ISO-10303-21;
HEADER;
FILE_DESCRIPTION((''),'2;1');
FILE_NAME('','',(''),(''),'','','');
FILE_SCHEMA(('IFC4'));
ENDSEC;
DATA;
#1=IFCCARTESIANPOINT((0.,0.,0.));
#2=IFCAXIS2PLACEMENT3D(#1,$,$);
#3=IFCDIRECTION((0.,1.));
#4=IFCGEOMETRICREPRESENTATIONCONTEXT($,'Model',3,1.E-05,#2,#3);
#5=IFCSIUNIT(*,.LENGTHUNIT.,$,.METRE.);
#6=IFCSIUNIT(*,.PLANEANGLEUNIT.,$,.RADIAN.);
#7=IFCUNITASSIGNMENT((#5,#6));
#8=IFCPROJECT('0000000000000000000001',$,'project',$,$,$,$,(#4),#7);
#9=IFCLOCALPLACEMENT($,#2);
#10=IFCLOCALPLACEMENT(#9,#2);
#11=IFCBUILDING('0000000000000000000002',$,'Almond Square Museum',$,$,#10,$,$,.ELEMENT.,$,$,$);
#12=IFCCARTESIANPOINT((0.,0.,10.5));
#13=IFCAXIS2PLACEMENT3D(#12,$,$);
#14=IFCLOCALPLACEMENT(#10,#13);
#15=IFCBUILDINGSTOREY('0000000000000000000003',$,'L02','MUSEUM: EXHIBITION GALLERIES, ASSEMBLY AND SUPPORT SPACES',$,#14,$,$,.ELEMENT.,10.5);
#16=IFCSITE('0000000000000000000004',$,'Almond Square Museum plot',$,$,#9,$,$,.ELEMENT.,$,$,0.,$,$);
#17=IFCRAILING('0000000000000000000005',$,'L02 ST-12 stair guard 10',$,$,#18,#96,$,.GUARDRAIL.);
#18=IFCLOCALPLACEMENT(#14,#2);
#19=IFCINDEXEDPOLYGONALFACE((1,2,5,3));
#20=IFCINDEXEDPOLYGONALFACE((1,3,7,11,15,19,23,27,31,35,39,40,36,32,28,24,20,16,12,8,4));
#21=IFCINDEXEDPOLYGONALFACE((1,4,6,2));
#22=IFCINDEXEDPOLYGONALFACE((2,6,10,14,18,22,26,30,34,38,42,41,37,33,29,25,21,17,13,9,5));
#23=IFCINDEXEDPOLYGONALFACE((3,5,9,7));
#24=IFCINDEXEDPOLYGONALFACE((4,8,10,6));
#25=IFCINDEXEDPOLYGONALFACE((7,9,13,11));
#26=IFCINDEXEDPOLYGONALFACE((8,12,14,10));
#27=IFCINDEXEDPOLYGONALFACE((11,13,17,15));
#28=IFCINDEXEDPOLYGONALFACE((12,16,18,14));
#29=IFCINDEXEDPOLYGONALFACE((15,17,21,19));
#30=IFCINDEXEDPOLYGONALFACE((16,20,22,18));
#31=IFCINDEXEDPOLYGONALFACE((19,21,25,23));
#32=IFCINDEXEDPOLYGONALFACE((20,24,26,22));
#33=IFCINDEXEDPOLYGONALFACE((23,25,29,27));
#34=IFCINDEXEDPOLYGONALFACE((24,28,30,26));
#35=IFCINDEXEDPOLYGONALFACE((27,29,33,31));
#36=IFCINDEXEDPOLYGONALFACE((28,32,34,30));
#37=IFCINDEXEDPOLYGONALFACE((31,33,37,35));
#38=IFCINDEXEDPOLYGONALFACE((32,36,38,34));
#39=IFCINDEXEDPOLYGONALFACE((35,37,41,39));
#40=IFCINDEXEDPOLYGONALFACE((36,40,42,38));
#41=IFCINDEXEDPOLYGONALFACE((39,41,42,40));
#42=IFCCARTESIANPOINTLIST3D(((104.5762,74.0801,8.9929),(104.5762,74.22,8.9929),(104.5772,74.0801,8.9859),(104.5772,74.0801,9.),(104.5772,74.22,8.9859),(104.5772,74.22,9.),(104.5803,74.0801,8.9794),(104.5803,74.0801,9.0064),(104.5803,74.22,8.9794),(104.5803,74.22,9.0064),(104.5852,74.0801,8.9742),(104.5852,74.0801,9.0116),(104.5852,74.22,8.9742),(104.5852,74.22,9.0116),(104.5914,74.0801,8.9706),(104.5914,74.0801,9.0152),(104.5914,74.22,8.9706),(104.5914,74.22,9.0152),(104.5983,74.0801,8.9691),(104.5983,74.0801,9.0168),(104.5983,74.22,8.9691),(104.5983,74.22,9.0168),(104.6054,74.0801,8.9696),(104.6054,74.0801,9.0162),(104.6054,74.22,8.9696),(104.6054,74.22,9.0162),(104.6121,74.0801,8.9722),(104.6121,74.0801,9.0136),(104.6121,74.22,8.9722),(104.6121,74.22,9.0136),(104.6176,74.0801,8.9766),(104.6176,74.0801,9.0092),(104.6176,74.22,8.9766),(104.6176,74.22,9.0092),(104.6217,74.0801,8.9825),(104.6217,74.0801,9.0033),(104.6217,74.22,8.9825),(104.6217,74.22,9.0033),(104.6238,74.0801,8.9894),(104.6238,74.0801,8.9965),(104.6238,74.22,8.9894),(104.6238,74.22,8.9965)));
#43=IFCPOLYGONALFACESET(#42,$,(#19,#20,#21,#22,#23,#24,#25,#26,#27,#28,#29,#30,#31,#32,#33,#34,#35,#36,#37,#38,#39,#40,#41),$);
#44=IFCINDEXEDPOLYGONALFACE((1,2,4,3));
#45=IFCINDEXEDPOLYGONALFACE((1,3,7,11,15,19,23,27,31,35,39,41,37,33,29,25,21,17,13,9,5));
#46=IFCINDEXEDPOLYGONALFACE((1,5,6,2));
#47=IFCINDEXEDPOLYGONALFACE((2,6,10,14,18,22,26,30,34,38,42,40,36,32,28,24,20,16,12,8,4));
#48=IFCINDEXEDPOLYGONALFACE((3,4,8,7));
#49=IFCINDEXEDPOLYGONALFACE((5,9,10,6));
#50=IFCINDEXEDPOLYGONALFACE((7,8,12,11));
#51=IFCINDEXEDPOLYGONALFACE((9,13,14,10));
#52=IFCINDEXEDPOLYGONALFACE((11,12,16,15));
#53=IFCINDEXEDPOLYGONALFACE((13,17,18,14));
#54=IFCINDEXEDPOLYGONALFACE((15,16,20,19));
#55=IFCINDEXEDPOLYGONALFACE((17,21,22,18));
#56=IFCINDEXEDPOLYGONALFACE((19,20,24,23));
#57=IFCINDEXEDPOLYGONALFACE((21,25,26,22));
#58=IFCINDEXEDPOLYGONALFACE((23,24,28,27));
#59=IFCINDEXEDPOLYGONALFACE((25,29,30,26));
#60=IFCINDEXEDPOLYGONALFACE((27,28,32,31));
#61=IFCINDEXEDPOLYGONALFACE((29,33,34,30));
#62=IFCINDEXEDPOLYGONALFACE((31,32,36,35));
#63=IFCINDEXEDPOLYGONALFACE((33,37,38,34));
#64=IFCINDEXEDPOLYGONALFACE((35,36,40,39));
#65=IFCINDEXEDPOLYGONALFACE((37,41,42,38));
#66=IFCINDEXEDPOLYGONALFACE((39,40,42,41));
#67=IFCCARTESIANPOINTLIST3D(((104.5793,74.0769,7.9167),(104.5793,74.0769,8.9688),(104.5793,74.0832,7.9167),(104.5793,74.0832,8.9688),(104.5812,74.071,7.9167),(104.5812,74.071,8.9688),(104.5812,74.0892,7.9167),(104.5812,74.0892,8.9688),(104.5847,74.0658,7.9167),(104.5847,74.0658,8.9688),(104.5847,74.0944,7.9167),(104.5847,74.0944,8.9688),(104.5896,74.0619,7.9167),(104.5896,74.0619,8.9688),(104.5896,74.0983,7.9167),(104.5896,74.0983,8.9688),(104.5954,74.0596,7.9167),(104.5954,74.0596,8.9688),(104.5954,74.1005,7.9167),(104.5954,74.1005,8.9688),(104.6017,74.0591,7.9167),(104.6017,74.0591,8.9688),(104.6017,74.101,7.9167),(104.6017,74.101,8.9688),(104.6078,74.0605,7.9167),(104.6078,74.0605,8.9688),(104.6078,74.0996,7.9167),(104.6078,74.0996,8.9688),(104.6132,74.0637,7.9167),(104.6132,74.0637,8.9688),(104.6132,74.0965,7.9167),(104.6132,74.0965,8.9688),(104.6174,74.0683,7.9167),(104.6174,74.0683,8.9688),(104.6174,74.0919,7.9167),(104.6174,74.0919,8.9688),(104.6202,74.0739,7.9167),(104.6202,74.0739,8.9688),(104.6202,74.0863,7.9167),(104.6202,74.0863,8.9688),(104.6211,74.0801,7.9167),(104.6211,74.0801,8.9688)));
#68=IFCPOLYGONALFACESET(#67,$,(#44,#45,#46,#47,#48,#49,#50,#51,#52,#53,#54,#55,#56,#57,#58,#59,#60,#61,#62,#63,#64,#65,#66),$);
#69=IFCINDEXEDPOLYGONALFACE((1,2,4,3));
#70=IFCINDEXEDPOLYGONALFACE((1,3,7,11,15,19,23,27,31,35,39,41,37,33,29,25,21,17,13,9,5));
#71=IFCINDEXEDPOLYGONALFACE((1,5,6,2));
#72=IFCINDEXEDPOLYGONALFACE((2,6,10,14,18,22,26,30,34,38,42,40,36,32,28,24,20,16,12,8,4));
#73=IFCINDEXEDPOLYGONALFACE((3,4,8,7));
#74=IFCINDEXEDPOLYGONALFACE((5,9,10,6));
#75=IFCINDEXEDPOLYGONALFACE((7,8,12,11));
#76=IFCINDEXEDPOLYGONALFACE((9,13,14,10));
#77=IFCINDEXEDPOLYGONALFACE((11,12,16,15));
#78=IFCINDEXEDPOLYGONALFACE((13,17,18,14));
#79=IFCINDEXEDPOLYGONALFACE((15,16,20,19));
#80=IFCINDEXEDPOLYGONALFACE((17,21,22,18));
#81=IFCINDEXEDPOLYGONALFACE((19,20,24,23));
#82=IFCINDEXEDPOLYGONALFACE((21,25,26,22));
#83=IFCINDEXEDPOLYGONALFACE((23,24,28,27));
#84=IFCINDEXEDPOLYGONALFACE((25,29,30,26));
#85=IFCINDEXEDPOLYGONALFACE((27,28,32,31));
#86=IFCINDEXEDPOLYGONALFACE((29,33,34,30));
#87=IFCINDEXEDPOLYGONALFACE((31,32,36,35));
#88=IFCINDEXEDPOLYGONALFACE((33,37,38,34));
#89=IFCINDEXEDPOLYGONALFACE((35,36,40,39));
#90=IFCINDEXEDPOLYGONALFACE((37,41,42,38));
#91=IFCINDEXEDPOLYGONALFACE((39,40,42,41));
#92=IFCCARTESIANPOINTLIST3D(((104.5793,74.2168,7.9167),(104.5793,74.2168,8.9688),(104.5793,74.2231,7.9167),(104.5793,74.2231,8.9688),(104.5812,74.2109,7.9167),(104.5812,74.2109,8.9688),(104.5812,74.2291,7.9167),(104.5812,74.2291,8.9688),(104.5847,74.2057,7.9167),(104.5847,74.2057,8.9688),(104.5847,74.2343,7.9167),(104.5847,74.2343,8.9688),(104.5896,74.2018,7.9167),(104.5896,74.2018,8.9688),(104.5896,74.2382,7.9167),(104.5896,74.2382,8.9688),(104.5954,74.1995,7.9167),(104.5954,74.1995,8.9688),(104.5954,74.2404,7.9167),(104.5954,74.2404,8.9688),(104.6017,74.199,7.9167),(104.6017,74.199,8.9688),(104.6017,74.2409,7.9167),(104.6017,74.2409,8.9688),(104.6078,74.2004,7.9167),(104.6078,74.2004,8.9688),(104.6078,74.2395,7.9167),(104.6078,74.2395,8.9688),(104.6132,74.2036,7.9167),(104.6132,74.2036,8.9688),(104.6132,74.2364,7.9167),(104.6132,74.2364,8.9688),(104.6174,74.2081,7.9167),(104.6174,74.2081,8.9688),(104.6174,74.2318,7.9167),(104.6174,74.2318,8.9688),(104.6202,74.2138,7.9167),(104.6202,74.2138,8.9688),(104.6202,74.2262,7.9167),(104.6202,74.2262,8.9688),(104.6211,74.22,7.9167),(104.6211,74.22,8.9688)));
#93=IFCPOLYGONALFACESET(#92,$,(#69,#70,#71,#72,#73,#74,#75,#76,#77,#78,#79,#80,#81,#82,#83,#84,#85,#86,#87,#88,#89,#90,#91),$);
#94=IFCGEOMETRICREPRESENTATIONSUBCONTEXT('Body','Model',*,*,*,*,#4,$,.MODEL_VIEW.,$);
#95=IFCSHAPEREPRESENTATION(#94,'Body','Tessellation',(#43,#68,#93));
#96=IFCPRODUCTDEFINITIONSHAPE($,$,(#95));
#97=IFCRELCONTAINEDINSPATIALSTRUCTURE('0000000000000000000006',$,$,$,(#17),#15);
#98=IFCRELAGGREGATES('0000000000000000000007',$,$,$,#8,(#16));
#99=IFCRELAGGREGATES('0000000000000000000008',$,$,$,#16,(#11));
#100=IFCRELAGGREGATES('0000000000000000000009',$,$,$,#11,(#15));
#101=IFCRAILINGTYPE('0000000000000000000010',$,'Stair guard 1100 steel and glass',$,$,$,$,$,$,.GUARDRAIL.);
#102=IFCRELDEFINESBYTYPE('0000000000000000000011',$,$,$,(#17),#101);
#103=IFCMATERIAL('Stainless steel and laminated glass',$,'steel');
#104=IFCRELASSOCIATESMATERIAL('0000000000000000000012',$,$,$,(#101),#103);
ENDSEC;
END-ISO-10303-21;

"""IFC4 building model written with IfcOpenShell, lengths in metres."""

from ifc_helpers import new_model, si_unit, direction, frame, origin, origin_2d, place, context, subcontext, project, spatial, circle, extrude, material, type_object, element, save


model = new_model("IFC4")

# Units and contexts
model_context = context("Model", 3, precision=1e-05, world=origin(), true_north=direction((0.0, 1.0)))
body_context = subcontext(model_context, "Body", "Model", "MODEL_VIEW")
ifc_project = project(units=[si_unit("LENGTHUNIT", "METRE"), si_unit("PLANEANGLEUNIT", "RADIAN")], contexts=[model_context])

# Site, building, storey
site_placement = place(None, origin())
site = spatial("IfcSite", under=ifc_project, at=site_placement, Name="Almond Square Museum plot", CompositionType="ELEMENT", RefElevation=0.0)
building_placement = place(site_placement, origin())
building = spatial("IfcBuilding", under=site, at=building_placement, Name="Almond Square Museum", CompositionType="ELEMENT")
storey_placement = place(building_placement, frame((0.0, 0.0, 10.5)))
storey = spatial("IfcBuildingStorey", under=building, at=storey_placement, Name="L02", Description="MUSEUM: EXHIBITION GALLERIES, ASSEMBLY AND SUPPORT SPACES", CompositionType="ELEMENT", Elevation=10.5)

# Railing
ifc_material_1 = material(Name="Stainless steel and laminated glass", Category="steel")
railing_type_1 = type_object("IfcRailingType", Name="Stair guard 1100 steel and glass", PredefinedType="GUARDRAIL", material=ifc_material_1)
railing_1_placement = place(storey_placement, frame((104.6001, 74.0801, 7.9167)))
element("IfcRailing", 1, at=railing_1_placement, inside=storey, type_object=railing_type_1, Name="L02 ST-12 stair guard 10", PredefinedType="GUARDRAIL", context=body_context, shape_type="SweptSolid", body=[
    extrude(circle(Radius=0.0239, at=origin_2d()), frame((0.0, 0.0, 1.0762), z_axis=(0.0, 1.0, 0.0), x_axis=(-1.0, 0.0, 0.0)), (0.0, 0.0, 1.0), 0.1399),
    extrude(circle(Radius=0.021, at=origin_2d()), origin(), (0.0, 0.0, 1.0), 1.052),
    extrude(circle(Radius=0.021, at=origin_2d()), frame((0.0, 0.1399, 0.0)), (0.0, 0.0, 1.0), 1.052),
])

save(model, "model.ifc")
